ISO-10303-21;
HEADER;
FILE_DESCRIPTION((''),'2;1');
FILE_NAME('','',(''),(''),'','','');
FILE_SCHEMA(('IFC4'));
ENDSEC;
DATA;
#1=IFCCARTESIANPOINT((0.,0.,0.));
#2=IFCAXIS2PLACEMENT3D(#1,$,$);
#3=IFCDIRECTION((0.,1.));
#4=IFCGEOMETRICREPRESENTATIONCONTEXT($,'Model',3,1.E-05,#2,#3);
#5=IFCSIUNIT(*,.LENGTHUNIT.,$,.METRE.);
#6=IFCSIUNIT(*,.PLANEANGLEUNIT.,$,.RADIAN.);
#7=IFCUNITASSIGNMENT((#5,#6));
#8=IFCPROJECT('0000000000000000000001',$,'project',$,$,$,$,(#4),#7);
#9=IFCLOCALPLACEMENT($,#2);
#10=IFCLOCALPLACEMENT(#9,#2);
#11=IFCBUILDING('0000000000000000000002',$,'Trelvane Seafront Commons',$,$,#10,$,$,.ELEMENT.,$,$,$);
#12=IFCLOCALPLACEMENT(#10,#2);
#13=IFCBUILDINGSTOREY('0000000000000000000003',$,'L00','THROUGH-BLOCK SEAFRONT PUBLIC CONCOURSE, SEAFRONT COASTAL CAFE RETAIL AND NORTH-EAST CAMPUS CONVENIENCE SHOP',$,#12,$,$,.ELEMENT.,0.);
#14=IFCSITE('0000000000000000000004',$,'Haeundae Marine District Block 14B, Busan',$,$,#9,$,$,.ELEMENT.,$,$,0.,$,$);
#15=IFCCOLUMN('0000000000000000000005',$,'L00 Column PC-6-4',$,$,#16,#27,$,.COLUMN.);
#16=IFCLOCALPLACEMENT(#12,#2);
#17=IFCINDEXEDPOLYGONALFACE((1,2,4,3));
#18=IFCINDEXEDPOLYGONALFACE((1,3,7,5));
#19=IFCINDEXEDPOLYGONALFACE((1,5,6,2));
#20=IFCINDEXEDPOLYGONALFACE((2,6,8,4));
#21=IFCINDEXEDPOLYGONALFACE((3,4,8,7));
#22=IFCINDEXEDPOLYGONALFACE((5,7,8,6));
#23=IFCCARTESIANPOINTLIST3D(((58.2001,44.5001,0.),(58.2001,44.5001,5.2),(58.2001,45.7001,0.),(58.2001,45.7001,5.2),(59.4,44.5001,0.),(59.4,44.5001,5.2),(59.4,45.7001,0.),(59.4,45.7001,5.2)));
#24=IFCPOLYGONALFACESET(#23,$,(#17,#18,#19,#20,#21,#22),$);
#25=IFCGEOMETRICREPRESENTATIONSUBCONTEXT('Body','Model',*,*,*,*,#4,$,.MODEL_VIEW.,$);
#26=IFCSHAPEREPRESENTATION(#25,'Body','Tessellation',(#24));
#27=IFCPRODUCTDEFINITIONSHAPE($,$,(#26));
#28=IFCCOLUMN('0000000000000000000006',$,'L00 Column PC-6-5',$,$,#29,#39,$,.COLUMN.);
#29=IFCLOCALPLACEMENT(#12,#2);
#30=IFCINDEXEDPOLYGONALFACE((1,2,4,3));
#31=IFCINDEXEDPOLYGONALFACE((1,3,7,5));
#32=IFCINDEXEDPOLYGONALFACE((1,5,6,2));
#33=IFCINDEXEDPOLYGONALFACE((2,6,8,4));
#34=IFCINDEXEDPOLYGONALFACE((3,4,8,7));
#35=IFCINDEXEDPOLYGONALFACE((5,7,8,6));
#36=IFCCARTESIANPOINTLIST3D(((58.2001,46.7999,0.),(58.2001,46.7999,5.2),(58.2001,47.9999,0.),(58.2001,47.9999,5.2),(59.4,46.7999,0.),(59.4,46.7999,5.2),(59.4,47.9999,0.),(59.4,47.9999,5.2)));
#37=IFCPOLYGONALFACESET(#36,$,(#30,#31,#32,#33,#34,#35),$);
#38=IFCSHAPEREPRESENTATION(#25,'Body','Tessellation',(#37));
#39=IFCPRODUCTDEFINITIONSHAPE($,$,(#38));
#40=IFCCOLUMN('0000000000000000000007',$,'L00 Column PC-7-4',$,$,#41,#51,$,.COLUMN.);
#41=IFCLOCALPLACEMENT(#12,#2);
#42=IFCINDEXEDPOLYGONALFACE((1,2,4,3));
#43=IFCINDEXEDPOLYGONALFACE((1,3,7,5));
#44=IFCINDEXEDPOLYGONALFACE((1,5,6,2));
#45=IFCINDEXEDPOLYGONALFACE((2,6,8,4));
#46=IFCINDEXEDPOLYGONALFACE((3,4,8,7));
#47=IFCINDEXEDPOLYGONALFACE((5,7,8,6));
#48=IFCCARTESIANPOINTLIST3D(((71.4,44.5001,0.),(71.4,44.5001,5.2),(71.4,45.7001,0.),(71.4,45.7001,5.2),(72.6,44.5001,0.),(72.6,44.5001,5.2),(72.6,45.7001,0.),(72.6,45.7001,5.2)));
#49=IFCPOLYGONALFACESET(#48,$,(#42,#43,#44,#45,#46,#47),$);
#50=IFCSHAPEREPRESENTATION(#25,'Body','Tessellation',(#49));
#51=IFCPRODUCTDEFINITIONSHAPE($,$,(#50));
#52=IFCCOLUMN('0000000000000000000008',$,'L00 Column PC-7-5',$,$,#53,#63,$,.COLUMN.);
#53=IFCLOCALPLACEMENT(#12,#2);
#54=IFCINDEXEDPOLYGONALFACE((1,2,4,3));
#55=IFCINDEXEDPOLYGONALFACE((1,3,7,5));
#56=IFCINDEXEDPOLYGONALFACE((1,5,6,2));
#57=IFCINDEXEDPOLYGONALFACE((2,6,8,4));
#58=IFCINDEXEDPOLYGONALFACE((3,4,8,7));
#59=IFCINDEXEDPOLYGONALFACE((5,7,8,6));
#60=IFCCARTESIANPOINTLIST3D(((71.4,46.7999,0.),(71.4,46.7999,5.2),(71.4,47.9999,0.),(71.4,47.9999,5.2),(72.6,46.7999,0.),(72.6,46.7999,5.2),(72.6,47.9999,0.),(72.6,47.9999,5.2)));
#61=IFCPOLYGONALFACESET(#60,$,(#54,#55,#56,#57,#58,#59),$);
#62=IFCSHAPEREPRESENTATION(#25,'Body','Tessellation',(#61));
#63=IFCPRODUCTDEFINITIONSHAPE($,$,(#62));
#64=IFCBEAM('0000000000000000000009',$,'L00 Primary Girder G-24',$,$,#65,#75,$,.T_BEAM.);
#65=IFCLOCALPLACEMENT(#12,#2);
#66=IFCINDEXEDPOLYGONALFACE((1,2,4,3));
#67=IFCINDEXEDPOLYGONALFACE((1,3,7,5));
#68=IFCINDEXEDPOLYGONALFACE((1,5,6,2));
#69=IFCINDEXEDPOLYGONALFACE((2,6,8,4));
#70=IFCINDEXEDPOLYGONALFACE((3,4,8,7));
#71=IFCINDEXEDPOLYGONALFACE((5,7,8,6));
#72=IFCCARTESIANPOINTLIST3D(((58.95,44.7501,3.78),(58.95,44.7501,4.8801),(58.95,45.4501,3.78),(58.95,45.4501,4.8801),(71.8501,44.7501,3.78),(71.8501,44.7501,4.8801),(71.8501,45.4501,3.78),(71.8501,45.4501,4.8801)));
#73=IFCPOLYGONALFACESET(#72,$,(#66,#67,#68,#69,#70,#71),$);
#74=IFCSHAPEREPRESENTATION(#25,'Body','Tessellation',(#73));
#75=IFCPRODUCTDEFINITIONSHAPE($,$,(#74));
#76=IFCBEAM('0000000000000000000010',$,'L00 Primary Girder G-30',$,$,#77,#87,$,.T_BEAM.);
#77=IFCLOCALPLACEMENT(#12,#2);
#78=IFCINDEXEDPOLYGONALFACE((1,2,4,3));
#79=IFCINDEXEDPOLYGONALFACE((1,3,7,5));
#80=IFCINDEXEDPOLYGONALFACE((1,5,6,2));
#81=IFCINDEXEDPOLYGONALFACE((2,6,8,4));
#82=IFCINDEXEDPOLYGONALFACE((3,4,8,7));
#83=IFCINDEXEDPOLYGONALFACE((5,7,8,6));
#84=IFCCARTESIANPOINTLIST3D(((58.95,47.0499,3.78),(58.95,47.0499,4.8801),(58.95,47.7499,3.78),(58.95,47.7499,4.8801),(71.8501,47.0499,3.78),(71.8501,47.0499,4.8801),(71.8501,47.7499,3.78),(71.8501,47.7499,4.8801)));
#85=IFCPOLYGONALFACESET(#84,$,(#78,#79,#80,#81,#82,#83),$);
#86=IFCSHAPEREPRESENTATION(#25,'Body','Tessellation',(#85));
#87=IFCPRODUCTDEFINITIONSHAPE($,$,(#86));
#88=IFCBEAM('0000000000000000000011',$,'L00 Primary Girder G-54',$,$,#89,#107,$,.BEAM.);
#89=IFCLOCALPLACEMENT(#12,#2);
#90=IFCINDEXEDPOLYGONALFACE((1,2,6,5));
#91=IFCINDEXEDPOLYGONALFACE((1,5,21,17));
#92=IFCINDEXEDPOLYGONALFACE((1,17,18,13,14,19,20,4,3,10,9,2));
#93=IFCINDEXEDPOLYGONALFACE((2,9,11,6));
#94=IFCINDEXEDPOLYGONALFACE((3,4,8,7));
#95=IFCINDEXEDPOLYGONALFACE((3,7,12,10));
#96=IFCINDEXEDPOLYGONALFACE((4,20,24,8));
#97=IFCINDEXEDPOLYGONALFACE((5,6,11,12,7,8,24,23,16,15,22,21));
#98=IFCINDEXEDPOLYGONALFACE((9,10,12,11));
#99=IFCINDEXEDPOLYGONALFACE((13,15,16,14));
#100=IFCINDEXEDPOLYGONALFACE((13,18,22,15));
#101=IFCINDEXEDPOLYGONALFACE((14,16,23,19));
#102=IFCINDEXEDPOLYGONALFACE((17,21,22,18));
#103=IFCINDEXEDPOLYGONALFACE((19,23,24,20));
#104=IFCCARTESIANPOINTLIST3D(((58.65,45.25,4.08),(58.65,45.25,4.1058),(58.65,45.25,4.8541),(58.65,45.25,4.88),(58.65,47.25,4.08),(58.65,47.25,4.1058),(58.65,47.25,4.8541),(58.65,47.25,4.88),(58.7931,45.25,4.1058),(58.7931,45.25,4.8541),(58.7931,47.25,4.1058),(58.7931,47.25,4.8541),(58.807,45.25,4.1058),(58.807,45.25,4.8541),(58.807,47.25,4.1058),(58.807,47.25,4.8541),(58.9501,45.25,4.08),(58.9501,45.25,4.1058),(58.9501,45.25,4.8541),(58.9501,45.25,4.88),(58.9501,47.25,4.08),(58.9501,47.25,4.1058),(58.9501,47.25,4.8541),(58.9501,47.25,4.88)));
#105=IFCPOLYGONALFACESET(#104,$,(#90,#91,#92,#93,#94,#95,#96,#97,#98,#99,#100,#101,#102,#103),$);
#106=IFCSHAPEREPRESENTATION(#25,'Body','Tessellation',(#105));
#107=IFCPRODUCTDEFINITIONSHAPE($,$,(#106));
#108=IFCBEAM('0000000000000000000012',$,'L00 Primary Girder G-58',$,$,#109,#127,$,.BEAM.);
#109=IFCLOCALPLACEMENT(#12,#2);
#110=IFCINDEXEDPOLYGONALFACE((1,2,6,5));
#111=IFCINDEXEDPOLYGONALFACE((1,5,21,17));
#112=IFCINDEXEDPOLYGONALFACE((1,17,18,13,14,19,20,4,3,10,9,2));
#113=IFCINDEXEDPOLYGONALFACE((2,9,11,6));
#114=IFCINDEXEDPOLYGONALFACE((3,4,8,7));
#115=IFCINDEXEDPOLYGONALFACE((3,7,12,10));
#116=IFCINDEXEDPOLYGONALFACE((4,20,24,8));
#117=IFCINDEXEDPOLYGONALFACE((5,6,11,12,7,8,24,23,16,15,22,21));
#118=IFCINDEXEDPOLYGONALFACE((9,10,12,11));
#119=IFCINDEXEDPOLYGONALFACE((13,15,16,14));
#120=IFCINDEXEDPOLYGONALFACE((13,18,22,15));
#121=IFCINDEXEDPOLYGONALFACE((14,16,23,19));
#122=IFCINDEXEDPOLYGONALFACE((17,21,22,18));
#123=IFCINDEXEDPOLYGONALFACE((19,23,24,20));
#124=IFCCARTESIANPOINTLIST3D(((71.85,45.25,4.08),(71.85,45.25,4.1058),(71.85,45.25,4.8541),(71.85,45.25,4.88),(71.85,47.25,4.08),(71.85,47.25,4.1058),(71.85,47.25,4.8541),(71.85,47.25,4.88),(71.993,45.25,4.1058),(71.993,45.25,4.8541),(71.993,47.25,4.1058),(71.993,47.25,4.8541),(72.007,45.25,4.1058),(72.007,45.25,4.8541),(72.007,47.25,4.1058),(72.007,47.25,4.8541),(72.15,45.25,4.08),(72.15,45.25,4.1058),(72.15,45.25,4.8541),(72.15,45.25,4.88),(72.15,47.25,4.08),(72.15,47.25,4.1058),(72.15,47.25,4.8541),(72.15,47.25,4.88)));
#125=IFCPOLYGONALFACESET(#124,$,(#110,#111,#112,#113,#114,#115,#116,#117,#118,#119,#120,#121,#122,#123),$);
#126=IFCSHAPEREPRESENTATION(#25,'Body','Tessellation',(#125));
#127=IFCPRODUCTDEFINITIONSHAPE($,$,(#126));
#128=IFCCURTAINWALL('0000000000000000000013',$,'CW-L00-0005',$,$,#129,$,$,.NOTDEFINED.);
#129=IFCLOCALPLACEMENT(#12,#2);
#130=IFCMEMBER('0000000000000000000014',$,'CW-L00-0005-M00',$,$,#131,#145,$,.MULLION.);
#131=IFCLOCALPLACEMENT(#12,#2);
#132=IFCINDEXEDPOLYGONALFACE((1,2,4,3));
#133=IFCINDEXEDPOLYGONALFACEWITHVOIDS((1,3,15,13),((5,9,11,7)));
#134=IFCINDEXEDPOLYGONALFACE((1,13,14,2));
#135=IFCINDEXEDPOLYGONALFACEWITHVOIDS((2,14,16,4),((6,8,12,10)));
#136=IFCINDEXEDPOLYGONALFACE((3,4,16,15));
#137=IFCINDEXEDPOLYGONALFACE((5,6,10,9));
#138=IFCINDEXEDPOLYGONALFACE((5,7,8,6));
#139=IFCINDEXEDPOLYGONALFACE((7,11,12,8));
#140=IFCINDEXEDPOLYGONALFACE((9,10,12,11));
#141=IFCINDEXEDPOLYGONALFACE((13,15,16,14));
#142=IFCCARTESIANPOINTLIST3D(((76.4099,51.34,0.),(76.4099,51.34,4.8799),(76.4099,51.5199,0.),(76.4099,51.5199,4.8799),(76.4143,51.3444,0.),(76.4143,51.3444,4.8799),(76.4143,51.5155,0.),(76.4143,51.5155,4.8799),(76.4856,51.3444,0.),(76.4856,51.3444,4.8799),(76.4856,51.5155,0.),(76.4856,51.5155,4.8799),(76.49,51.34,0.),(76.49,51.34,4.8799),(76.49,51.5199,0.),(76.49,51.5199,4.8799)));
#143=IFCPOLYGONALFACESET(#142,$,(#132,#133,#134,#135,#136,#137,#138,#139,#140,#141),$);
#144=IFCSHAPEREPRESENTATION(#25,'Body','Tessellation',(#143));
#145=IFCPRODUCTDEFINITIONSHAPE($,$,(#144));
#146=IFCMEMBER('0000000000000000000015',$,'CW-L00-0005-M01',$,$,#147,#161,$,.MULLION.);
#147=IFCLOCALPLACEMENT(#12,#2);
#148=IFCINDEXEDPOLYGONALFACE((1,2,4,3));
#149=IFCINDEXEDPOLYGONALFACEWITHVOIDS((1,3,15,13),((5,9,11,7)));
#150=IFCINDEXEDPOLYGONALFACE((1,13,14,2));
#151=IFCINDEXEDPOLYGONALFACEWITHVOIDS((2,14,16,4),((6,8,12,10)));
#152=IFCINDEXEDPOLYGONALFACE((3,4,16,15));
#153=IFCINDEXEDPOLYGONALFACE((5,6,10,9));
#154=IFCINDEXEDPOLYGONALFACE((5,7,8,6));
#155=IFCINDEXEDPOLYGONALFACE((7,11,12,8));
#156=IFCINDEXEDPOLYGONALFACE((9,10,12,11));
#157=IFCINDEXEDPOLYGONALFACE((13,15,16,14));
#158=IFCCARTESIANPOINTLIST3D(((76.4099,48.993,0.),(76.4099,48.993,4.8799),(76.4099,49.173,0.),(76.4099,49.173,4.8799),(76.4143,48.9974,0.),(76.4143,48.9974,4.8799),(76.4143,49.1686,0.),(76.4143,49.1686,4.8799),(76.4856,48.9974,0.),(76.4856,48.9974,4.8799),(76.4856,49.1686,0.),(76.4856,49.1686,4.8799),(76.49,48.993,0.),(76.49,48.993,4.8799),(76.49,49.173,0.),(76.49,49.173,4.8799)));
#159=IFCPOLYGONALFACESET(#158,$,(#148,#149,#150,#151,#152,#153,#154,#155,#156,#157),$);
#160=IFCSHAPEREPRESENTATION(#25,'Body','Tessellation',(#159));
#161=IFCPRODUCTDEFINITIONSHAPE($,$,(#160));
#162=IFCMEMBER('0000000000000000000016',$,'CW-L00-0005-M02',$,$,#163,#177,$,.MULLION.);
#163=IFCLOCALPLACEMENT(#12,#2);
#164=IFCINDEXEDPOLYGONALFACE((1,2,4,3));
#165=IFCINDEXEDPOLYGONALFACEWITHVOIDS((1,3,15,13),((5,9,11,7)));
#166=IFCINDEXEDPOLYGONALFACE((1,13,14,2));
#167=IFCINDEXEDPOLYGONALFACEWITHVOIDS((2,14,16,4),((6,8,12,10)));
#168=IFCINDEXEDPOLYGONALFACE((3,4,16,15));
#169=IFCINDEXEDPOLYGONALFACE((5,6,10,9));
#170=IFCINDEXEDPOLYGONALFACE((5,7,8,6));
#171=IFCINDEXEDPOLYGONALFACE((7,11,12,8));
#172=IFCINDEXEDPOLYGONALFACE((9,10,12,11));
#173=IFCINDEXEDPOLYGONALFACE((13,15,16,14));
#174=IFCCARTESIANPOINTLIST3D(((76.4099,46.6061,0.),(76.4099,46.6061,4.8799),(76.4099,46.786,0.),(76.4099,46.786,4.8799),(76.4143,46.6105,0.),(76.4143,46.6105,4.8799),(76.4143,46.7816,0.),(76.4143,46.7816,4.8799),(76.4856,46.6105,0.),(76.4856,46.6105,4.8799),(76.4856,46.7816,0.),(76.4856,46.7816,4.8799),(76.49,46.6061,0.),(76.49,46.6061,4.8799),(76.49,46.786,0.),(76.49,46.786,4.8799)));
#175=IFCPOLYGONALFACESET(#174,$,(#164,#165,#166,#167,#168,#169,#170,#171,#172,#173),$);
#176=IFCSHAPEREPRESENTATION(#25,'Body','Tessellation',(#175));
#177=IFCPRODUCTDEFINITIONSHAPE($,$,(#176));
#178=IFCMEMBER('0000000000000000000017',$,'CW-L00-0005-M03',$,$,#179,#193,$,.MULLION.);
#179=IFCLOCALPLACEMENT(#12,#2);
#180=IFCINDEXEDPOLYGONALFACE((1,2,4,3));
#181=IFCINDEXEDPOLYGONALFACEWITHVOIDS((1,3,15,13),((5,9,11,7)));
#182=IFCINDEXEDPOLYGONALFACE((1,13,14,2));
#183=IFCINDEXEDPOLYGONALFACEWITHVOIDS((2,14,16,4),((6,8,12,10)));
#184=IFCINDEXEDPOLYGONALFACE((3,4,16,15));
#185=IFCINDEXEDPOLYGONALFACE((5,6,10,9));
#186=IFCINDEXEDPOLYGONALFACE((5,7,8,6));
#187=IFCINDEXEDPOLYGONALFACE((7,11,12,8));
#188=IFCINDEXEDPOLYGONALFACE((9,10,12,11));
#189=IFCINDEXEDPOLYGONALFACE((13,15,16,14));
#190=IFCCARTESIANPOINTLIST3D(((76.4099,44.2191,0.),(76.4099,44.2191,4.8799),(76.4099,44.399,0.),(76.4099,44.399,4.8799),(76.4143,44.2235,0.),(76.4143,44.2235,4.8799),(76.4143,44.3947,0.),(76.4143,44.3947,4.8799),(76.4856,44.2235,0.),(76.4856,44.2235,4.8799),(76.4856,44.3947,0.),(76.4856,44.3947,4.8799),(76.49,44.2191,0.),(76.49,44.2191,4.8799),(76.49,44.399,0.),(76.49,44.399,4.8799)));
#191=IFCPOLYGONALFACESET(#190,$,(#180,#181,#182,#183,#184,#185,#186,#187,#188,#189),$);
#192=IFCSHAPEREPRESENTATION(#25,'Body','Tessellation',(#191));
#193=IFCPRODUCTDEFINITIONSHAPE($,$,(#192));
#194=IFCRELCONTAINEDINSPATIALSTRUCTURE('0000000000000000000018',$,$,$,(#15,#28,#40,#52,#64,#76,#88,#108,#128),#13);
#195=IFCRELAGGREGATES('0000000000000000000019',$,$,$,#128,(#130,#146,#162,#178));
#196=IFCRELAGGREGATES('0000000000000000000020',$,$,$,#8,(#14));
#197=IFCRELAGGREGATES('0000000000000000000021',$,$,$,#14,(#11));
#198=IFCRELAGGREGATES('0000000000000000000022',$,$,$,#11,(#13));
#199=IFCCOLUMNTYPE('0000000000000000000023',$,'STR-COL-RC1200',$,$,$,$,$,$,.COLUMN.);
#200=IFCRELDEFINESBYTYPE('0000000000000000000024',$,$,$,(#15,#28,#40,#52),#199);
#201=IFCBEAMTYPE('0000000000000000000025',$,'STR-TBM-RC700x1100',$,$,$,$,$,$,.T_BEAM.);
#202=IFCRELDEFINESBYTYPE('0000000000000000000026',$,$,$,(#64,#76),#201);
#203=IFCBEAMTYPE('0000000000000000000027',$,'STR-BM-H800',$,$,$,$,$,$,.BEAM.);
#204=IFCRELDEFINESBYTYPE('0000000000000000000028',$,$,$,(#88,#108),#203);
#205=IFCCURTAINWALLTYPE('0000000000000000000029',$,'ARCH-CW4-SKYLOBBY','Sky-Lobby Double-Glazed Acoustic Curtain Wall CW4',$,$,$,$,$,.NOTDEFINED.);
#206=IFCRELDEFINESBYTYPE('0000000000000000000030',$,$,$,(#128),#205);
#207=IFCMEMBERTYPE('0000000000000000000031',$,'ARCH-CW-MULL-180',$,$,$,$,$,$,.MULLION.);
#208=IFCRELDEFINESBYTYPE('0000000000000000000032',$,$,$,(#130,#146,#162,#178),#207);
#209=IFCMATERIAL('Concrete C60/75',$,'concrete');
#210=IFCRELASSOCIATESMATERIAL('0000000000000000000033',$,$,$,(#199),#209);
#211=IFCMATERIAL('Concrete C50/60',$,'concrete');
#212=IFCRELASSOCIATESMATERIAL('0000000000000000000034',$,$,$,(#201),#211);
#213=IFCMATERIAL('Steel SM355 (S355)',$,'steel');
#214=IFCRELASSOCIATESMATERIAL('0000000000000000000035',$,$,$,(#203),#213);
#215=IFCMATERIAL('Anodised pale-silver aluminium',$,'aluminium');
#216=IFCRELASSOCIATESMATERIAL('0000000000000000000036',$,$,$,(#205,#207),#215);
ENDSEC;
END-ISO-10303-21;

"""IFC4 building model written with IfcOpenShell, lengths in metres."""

from ifc_helpers import new_model, si_unit, direction, frame, origin, origin_2d, place, context, subcontext, project, spatial, rectangle, hollow_rectangle, i_section, extrude, source, transform, mapped, material, material_profile, profile_set, type_object, element, aggregate, save


model = new_model("IFC4")

# Units and contexts
model_context = context("Model", 3, precision=1e-05, world=origin(), true_north=direction((0.0, 1.0)))
body_context = subcontext(model_context, "Body", "Model", "MODEL_VIEW")
ifc_project = project(units=[si_unit("LENGTHUNIT", "METRE"), si_unit("PLANEANGLEUNIT", "RADIAN")], contexts=[model_context])

# Site, building, storey
site_placement = place(None, origin())
site = spatial("IfcSite", under=ifc_project, at=site_placement, Name="Haeundae Marine District Block 14B, Busan", CompositionType="ELEMENT", RefElevation=0.0)
building_placement = place(site_placement, origin())
building = spatial("IfcBuilding", under=site, at=building_placement, Name="Trelvane Seafront Commons", CompositionType="ELEMENT")
storey_placement = place(building_placement, origin())
storey = spatial("IfcBuildingStorey", under=building, at=storey_placement, Name="L00", Description="THROUGH-BLOCK SEAFRONT PUBLIC CONCOURSE, SEAFRONT COASTAL CAFE RETAIL AND NORTH-EAST CAMPUS CONVENIENCE SHOP", CompositionType="ELEMENT", Elevation=0.0)

# Columns
ifc_material_1 = material(Name="Concrete C60/75", Category="concrete")
ifc_material_profile_1 = material_profile(ifc_material_1, rectangle(XDim=1.2, YDim=1.2, at=origin_2d()), Name="RC-1200x1200")
ifc_profile_set_1 = profile_set([ifc_material_profile_1], Name="Concrete C60/75")
column_type = type_object("IfcColumnType", Name="STR-COL-RC1200", PredefinedType="COLUMN", material=ifc_profile_set_1)
shared_shape_1 = source(origin(), body_context, "Body", "SweptSolid", [
    extrude(rectangle(XDim=1.2, YDim=1.2, at=origin_2d()), origin(), (0.0, 0.0, 1.0), 5.2),
])
for number, where, z_axis, x_axis, name in (
    (1, (58.8, 45.1001, 0.0), (0.0, 0.0, 1.0), (1.0, 0.0, 0.0), "L00 Column PC-6-4"),
    (2, (58.8, 47.3999, 0.0), (0.0, 0.0, 1.0), (1.0, 0.0, 0.0), "L00 Column PC-6-5"),
    (3, (72.0, 45.1001, 0.0), (0.0, 0.0, 1.0), (1.0, 0.0, 0.0), "L00 Column PC-7-4"),
    (4, (72.0, 47.3999, 0.0), (0.0, 0.0, 1.0), (1.0, 0.0, 0.0), "L00 Column PC-7-5"),
):
    element("IfcColumn", number, at=place(storey_placement, frame(where, z_axis=z_axis, x_axis=x_axis)), inside=storey, type_object=column_type, Name=name, PredefinedType="COLUMN", context=body_context, shape_type="MappedRepresentation", body=[
        mapped(shared_shape_1, transform((0.0, 0.0, 0.0), x_axis=(1.0, 0.0, 0.0), y_axis=(0.0, 1.0, 0.0), z_axis=(0.0, 0.0, 1.0), scale=1.0)),
    ])

# Beams
ifc_material_2 = material(Name="Concrete C50/60", Category="concrete")
ifc_material_profile_2 = material_profile(ifc_material_2, rectangle(XDim=0.7, YDim=1.1001, at=origin_2d()), Name="RC-700x1100")
ifc_profile_set_2 = profile_set([ifc_material_profile_2], Name="Concrete C50/60")
beam_type_1 = type_object("IfcBeamType", Name="STR-TBM-RC700x1100", PredefinedType="T_BEAM", material=ifc_profile_set_2)
shared_shape_2 = source(origin(), body_context, "Body", "SweptSolid", [
    extrude(rectangle(XDim=0.7, YDim=1.1001, at=origin_2d()), origin(), (0.0, 0.0, 1.0), 12.9001),
])
for number, where, z_axis, x_axis, name in (
    (5, (58.95, 45.1001, 4.3301), (1.0, 0.0, 0.0), (0.0, 1.0, 0.0), "L00 Primary Girder G-24"),
    (6, (58.95, 47.3999, 4.3301), (1.0, 0.0, 0.0), (0.0, 1.0, 0.0), "L00 Primary Girder G-30"),
):
    element("IfcBeam", number, at=place(storey_placement, frame(where, z_axis=z_axis, x_axis=x_axis)), inside=storey, type_object=beam_type_1, Name=name, PredefinedType="T_BEAM", context=body_context, shape_type="MappedRepresentation", body=[
        mapped(shared_shape_2, transform((0.0, 0.0, 0.0), x_axis=(1.0, 0.0, 0.0), y_axis=(0.0, 1.0, 0.0), z_axis=(0.0, 0.0, 1.0), scale=1.0)),
    ])
ifc_material_3 = material(Name="Steel SM355 (S355)", Category="steel")
ifc_material_profile_3 = material_profile(ifc_material_3, i_section(OverallWidth=0.3, OverallDepth=0.8, WebThickness=0.0139, FlangeThickness=0.0259, at=origin_2d()), Name="H-800x300x14x26")
ifc_profile_set_3 = profile_set([ifc_material_profile_3], Name="Steel SM355 (S355)")
beam_type_2 = type_object("IfcBeamType", Name="STR-BM-H800", PredefinedType="BEAM", material=ifc_profile_set_3)
shared_shape_3 = source(origin(), body_context, "Body", "SweptSolid", [
    extrude(i_section(OverallWidth=0.3, OverallDepth=0.8, WebThickness=0.0139, FlangeThickness=0.0259, at=origin_2d()), origin(), (0.0, 0.0, 1.0), 2.0),
])
for number, where, z_axis, x_axis, name in (
    (7, (58.8, 45.25, 4.48), (0.0, 1.0, 0.0), (-1.0, 0.0, 0.0), "L00 Primary Girder G-54"),
    (8, (72.0, 45.25, 4.48), (0.0, 1.0, 0.0), (-1.0, 0.0, 0.0), "L00 Primary Girder G-58"),
):
    element("IfcBeam", number, at=place(storey_placement, frame(where, z_axis=z_axis, x_axis=x_axis)), inside=storey, type_object=beam_type_2, Name=name, PredefinedType="BEAM", context=body_context, shape_type="MappedRepresentation", body=[
        mapped(shared_shape_3, transform((0.0, 0.0, 0.0), x_axis=(1.0, 0.0, 0.0), y_axis=(0.0, 1.0, 0.0), z_axis=(0.0, 0.0, 1.0), scale=1.0)),
    ])

# Curtain wall, members
ifc_material_4 = material(Name="Anodised pale-silver aluminium", Category="aluminium")
curtain_wall_type = type_object("IfcCurtainWallType", Name="ARCH-CW4-SKYLOBBY", Description="Sky-Lobby Double-Glazed Acoustic Curtain Wall CW4", PredefinedType="NOTDEFINED", material=ifc_material_4)
curtain_wall_placement = place(storey_placement, origin())
curtain_wall = element("IfcCurtainWall", 9, at=curtain_wall_placement, inside=storey, type_object=curtain_wall_type, Name="CW-L00-0005", PredefinedType="NOTDEFINED")
ifc_material_profile_4 = material_profile(ifc_material_4, hollow_rectangle(XDim=0.0801, YDim=0.1799, WallThickness=0.0044, at=origin_2d()), Name="MULL-80x180x4.5")
ifc_profile_set_4 = profile_set([ifc_material_profile_4], Name="Anodised pale-silver aluminium")
member_type_1 = type_object("IfcMemberType", Name="ARCH-CW-MULL-180", PredefinedType="MULLION", material=ifc_profile_set_4)
shared_shape_4 = source(origin(), body_context, "Body", "SweptSolid", [
    extrude(hollow_rectangle(XDim=0.0801, YDim=0.1799, WallThickness=0.0044, at=origin_2d()), origin(), (0.0, 0.0, 1.0), 4.8799),
])
member_1_placement = place(storey_placement, frame((76.45, 51.4299, 0.0), z_axis=(0.0, 0.0, 1.0), x_axis=(1.0, 0.0, 0.0)))
member_1 = element("IfcMember", 10, at=member_1_placement, type_object=member_type_1, Name="CW-L00-0005-M00", PredefinedType="MULLION", context=body_context, shape_type="MappedRepresentation", body=[
    mapped(shared_shape_4, transform((0.0, 0.0, 0.0), x_axis=(1.0, 0.0, 0.0), y_axis=(0.0, 1.0, 0.0), z_axis=(0.0, 0.0, 1.0), scale=1.0)),
])
member_2_placement = place(storey_placement, frame((76.45, 49.083, 0.0), z_axis=(0.0, 0.0, 1.0), x_axis=(1.0, 0.0, 0.0)))
member_2 = element("IfcMember", 11, at=member_2_placement, type_object=member_type_1, Name="CW-L00-0005-M01", PredefinedType="MULLION", context=body_context, shape_type="MappedRepresentation", body=[
    mapped(shared_shape_4, transform((0.0, 0.0, 0.0), x_axis=(1.0, 0.0, 0.0), y_axis=(0.0, 1.0, 0.0), z_axis=(0.0, 0.0, 1.0), scale=1.0)),
])
member_3_placement = place(storey_placement, frame((76.45, 46.696, 0.0), z_axis=(0.0, 0.0, 1.0), x_axis=(1.0, 0.0, 0.0)))
member_3 = element("IfcMember", 12, at=member_3_placement, type_object=member_type_1, Name="CW-L00-0005-M02", PredefinedType="MULLION", context=body_context, shape_type="MappedRepresentation", body=[
    mapped(shared_shape_4, transform((0.0, 0.0, 0.0), x_axis=(1.0, 0.0, 0.0), y_axis=(0.0, 1.0, 0.0), z_axis=(0.0, 0.0, 1.0), scale=1.0)),
])
member_4_placement = place(storey_placement, frame((76.45, 44.3091, 0.0), z_axis=(0.0, 0.0, 1.0), x_axis=(1.0, 0.0, 0.0)))
member_4 = element("IfcMember", 13, at=member_4_placement, type_object=member_type_1, Name="CW-L00-0005-M03", PredefinedType="MULLION", context=body_context, shape_type="MappedRepresentation", body=[
    mapped(shared_shape_4, transform((0.0, 0.0, 0.0), x_axis=(1.0, 0.0, 0.0), y_axis=(0.0, 1.0, 0.0), z_axis=(0.0, 0.0, 1.0), scale=1.0)),
])
aggregate(curtain_wall, [member_1, member_2, member_3, member_4])

save(model, "model.ifc")
